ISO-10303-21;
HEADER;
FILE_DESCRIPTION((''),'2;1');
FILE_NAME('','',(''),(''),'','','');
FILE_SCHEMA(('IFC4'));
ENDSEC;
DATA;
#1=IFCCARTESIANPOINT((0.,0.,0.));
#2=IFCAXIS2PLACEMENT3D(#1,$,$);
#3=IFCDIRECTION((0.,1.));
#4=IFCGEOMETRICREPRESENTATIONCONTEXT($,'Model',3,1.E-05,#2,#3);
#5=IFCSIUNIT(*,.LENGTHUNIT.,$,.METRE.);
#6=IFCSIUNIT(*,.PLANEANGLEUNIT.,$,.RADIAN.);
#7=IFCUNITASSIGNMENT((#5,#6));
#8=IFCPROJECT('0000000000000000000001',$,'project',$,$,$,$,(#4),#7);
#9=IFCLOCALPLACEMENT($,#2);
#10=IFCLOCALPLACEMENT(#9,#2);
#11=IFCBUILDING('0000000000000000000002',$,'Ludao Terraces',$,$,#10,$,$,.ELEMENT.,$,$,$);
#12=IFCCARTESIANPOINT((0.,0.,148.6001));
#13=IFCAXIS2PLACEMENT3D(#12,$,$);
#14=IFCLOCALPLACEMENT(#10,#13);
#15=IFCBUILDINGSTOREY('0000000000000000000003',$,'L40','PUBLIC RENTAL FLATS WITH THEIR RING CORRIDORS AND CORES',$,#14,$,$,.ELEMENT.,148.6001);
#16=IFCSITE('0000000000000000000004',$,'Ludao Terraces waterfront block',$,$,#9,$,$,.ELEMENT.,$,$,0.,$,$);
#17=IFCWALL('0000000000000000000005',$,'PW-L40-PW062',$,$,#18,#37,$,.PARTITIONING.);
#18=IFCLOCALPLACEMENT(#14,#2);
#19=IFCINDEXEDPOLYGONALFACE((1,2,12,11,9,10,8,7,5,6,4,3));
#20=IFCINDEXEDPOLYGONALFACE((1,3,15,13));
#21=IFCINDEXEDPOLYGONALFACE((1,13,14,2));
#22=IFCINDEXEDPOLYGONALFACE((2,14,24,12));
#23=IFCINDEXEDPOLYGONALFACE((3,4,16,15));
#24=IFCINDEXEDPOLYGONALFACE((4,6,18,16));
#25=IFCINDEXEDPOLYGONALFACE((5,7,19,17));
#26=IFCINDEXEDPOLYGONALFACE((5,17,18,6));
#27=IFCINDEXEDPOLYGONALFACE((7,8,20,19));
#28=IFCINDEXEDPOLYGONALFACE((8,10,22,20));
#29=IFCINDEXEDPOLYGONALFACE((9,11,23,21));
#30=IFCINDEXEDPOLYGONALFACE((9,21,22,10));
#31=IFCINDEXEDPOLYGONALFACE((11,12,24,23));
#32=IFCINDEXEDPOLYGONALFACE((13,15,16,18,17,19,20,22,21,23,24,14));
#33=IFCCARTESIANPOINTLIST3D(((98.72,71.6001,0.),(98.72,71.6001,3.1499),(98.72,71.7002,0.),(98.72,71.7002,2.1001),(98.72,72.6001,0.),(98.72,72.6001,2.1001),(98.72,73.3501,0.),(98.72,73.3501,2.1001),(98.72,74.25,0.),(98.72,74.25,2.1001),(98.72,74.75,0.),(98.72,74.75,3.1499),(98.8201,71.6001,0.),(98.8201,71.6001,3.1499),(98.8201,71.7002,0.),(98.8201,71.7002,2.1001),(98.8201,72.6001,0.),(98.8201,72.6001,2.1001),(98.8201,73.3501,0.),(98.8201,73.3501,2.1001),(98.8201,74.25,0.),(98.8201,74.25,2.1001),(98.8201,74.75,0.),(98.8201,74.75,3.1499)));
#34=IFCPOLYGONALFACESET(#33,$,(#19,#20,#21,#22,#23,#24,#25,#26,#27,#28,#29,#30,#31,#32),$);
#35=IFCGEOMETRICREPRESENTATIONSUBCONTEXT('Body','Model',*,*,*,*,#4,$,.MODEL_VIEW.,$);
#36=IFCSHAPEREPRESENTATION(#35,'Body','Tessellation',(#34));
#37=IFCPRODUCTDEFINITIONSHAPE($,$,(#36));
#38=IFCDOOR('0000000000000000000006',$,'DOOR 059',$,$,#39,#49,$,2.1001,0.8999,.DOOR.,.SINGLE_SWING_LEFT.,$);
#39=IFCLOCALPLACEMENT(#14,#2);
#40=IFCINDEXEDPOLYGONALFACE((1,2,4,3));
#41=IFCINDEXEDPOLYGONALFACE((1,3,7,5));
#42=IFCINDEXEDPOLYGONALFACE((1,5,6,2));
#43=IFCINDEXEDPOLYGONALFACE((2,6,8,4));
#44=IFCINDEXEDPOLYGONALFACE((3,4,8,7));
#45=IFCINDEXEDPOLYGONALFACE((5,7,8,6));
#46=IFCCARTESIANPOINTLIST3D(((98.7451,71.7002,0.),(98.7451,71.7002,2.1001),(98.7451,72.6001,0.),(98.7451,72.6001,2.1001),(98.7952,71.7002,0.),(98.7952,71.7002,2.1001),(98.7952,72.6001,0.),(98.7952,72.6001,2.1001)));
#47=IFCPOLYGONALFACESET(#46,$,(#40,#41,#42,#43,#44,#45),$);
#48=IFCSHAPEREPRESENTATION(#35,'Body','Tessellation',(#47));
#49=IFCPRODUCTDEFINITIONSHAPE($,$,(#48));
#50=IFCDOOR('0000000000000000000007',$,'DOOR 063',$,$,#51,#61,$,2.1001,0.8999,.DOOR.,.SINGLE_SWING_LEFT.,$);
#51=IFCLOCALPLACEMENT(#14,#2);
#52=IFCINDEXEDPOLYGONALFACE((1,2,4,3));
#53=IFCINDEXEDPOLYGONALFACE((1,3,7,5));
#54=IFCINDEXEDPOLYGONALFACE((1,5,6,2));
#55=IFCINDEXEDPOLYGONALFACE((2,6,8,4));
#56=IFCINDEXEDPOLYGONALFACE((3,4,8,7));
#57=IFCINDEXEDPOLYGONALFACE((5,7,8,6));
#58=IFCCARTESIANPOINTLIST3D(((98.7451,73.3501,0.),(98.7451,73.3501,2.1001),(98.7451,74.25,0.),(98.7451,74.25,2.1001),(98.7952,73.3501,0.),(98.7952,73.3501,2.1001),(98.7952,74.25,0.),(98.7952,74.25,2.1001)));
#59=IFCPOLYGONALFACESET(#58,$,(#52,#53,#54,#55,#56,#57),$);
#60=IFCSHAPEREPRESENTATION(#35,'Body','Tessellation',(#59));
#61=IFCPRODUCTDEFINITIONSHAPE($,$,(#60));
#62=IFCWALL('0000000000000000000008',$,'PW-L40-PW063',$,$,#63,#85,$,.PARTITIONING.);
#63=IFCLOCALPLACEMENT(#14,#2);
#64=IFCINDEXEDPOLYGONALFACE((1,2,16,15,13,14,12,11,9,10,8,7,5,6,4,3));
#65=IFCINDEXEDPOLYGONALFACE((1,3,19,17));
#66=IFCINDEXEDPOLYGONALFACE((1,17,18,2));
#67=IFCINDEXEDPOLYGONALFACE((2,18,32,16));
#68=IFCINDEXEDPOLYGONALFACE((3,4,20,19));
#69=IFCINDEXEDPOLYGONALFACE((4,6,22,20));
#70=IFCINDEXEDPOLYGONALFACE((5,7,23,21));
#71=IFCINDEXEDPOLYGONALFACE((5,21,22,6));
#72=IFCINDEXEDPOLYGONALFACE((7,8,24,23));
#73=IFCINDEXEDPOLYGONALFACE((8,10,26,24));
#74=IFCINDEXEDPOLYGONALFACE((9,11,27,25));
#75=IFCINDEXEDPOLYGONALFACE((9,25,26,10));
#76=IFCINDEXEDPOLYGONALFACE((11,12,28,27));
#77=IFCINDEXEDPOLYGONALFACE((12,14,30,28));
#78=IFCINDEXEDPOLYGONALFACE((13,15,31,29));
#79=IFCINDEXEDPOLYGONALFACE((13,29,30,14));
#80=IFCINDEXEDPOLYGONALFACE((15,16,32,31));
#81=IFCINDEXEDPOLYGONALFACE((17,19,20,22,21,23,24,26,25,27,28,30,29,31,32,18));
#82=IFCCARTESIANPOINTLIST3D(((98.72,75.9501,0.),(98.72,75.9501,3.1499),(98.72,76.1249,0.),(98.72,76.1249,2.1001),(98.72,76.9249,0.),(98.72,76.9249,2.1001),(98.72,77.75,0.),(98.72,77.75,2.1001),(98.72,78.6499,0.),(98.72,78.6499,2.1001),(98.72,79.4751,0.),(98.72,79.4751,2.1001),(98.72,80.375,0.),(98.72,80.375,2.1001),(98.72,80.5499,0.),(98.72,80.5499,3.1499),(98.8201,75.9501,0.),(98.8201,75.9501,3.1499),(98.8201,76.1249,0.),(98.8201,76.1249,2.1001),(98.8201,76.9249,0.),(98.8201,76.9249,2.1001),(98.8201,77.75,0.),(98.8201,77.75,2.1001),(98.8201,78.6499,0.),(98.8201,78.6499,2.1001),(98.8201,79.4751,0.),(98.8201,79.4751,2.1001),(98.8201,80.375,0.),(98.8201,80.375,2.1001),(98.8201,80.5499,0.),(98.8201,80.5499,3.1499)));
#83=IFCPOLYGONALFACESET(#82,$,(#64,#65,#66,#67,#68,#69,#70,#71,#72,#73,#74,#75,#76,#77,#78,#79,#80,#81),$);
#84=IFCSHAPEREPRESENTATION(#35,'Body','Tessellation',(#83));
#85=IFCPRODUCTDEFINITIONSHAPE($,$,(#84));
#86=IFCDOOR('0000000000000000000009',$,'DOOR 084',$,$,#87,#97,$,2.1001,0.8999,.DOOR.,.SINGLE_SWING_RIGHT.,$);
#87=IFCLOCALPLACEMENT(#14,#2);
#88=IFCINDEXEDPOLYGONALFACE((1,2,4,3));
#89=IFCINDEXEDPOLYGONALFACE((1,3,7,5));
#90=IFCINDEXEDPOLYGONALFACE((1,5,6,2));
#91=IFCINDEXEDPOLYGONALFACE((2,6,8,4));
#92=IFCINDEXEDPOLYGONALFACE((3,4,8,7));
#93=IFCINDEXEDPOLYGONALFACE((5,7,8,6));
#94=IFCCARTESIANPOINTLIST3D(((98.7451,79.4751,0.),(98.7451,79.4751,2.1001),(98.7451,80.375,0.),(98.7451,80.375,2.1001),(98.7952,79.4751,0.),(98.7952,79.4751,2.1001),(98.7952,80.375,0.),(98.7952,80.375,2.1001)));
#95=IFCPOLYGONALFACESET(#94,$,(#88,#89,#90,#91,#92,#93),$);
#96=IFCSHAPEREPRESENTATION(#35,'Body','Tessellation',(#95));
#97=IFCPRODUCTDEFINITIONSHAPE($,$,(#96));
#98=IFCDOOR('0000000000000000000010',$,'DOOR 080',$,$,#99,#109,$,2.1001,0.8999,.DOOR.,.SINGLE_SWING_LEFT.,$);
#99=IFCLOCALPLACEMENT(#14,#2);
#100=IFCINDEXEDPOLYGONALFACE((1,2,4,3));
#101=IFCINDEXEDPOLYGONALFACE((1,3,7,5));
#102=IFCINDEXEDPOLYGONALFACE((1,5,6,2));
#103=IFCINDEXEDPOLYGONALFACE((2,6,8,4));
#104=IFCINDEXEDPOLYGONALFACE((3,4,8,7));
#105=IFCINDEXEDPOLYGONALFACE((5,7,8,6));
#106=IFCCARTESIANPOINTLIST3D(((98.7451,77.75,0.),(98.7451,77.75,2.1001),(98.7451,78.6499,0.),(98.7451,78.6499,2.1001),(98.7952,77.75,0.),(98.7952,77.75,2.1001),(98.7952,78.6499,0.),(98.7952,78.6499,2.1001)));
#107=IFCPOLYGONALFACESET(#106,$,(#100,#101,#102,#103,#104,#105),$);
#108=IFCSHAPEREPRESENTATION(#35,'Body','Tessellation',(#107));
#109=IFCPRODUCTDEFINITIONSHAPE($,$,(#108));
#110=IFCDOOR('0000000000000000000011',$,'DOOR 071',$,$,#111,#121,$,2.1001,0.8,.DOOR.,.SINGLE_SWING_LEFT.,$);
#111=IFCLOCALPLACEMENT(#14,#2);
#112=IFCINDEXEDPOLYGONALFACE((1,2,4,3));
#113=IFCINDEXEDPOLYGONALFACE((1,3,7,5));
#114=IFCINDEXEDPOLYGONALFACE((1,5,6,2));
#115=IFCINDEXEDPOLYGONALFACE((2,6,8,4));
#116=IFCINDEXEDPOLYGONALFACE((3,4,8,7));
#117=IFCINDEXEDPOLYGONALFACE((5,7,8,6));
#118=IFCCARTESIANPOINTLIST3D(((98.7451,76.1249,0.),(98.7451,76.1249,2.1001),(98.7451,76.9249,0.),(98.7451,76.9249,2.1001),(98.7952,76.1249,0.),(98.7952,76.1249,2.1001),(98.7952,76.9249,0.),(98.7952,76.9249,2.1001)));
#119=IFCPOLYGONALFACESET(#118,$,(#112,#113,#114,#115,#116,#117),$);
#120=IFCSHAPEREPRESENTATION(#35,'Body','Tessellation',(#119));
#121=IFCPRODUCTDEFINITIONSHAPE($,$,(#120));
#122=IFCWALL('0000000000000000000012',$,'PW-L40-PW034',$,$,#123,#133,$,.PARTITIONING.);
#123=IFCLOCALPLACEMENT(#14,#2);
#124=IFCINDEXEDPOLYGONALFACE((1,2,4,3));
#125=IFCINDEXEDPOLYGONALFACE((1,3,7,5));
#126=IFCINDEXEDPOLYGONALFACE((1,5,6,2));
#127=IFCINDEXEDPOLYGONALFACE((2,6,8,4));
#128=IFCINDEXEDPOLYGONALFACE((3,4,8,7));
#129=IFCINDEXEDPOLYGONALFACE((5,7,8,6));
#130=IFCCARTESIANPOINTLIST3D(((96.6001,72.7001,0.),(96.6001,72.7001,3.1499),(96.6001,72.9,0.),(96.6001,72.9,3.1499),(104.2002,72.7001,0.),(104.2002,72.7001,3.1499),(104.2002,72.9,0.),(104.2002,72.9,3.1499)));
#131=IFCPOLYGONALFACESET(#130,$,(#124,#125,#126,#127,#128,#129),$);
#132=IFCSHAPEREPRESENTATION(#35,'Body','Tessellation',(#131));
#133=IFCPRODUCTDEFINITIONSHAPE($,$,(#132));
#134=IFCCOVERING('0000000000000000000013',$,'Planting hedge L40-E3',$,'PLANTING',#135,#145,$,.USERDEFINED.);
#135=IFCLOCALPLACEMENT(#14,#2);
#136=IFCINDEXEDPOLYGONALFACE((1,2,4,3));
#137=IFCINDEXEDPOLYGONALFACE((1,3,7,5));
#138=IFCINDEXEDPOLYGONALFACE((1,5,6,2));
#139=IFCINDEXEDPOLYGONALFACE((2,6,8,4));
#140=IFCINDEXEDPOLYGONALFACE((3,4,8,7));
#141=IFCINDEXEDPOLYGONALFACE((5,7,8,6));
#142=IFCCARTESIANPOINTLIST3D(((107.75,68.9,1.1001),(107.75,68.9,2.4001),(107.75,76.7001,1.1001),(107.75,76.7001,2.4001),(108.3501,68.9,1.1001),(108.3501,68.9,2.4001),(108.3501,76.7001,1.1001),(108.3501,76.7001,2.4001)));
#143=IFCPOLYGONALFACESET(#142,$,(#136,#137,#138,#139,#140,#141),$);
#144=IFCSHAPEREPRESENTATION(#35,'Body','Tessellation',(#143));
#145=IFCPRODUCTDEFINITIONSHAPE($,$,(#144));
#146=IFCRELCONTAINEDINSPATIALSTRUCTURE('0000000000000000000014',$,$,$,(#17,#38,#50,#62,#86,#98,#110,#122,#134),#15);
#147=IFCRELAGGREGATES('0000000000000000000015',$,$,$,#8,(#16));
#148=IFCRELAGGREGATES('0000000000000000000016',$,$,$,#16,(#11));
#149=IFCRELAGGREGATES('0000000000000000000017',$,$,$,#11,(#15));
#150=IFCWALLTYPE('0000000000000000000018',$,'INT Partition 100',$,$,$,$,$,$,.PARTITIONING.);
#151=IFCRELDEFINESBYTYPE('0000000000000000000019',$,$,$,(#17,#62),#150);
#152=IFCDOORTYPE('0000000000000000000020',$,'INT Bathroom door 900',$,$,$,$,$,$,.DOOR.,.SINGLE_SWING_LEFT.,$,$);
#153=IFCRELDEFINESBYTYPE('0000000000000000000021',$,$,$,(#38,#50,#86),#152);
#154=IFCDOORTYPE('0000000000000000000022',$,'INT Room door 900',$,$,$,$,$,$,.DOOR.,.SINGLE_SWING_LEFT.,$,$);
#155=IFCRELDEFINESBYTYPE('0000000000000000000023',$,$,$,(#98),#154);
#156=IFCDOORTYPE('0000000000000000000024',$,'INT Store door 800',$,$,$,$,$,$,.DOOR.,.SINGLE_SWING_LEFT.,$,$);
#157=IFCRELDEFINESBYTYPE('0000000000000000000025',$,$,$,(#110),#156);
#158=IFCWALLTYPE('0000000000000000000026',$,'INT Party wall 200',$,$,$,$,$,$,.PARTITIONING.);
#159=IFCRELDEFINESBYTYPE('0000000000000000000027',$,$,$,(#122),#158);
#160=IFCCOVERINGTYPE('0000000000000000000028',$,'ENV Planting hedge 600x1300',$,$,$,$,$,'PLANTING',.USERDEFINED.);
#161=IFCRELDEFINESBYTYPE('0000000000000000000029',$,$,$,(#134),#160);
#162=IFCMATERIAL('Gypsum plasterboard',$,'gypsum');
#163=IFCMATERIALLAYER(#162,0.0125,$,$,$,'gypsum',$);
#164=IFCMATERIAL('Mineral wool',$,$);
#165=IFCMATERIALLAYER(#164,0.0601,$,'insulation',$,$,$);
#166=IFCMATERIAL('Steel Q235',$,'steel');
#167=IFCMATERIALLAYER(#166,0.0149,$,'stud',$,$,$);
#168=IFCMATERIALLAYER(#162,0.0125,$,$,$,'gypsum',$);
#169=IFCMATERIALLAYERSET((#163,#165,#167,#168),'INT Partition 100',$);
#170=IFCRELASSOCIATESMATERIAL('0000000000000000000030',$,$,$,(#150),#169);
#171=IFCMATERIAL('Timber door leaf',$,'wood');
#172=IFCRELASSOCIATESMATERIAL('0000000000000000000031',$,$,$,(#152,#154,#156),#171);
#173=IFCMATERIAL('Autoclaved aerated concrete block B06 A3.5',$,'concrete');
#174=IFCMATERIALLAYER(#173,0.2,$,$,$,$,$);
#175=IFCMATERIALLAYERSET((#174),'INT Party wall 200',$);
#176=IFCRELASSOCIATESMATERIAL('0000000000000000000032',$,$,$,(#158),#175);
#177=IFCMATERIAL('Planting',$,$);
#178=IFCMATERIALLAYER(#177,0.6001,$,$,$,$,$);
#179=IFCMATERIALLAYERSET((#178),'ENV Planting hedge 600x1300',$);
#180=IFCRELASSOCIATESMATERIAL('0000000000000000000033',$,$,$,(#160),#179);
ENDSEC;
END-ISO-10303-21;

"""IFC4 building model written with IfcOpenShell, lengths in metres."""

from ifc_helpers import new_model, si_unit, direction, frame, frame_2d, origin, origin_2d, place, context, subcontext, project, spatial, rectangle, extrude, material, layer, layer_set, type_object, element, fill, save


model = new_model("IFC4")

# Units and contexts
model_context = context("Model", 3, precision=1e-05, world=origin(), true_north=direction((0.0, 1.0)))
body_context = subcontext(model_context, "Body", "Model", "MODEL_VIEW")
ifc_project = project(units=[si_unit("LENGTHUNIT", "METRE"), si_unit("PLANEANGLEUNIT", "RADIAN")], contexts=[model_context])

# Site, building, storey
site_placement = place(None, origin())
site = spatial("IfcSite", under=ifc_project, at=site_placement, Name="Ludao Terraces waterfront block", CompositionType="ELEMENT", RefElevation=0.0)
building_placement = place(site_placement, origin())
building = spatial("IfcBuilding", under=site, at=building_placement, Name="Ludao Terraces", CompositionType="ELEMENT")
storey_placement = place(building_placement, frame((0.0, 0.0, 148.6001)))
storey = spatial("IfcBuildingStorey", under=building, at=storey_placement, Name="L40", Description="PUBLIC RENTAL FLATS WITH THEIR RING CORRIDORS AND CORES", CompositionType="ELEMENT", Elevation=148.6001)

# Shared definitions
ifc_material_1 = material(Name="Mineral wool")

# Shared definitions
ifc_material_2 = material(Name="Gypsum plasterboard", Category="gypsum")
ifc_layer_1 = layer(ifc_material_2, 0.0125, Category="gypsum")
ifc_layer_2 = layer(ifc_material_1, 0.0601, Name="insulation")
ifc_material_3 = material(Name="Steel Q235", Category="steel")
ifc_layer_3 = layer(ifc_material_3, 0.0149, Name="stud")
ifc_layer_4 = layer(ifc_material_2, 0.0125, Category="gypsum")
ifc_layer_set_1 = layer_set([ifc_layer_1, ifc_layer_2, ifc_layer_3, ifc_layer_4], Name="INT Partition 100")
wall_type_1 = type_object("IfcWallType", Name="INT Partition 100", PredefinedType="PARTITIONING", material=ifc_layer_set_1)

# Walls, openings, doors
wall_1_placement = place(storey_placement, frame((98.77, 71.6001, 0.0), z_axis=(0.0, 0.0, 1.0), x_axis=(0.0, 1.0, 0.0)))
wall_1 = element("IfcWall", 1, at=wall_1_placement, inside=storey, type_object=wall_type_1, Name="PW-L40-PW062", PredefinedType="PARTITIONING", context=body_context, shape_type="SweptSolid", body=[
    extrude(rectangle(XDim=3.1499, YDim=0.1001, at=frame_2d((1.575, 0.0))), origin(), (0.0, 0.0, 1.0), 3.1499),
])
opening_1_placement = place(wall_1_placement, frame((0.1001, 0.0, 0.0)))
opening_1 = element("IfcOpeningElement", 2, at=opening_1_placement, cuts=wall_1, PredefinedType="OPENING", context=body_context, shape_type="SweptSolid", body=[
    extrude(rectangle(XDim=0.8999, YDim=2.1001, at=frame_2d((0.45, 1.05))), frame((0.0, 0.0601, 0.0), z_axis=(0.0, -1.0, 0.0), x_axis=(1.0, 0.0, 0.0)), (0.0, 0.0, 1.0), 0.1201),
])
opening_2_placement = place(wall_1_placement, frame((1.75, 0.0, 0.0)))
opening_2 = element("IfcOpeningElement", 3, at=opening_2_placement, cuts=wall_1, PredefinedType="OPENING", context=body_context, shape_type="SweptSolid", body=[
    extrude(rectangle(XDim=0.8999, YDim=2.1001, at=frame_2d((0.45, 1.05))), frame((0.0, 0.0601, 0.0), z_axis=(0.0, -1.0, 0.0), x_axis=(1.0, 0.0, 0.0)), (0.0, 0.0, 1.0), 0.1201),
])
ifc_material_4 = material(Name="Timber door leaf", Category="wood")
door_type_1 = type_object("IfcDoorType", Name="INT Bathroom door 900", OperationType="SINGLE_SWING_LEFT", PredefinedType="DOOR", material=ifc_material_4)
door_1_placement = place(opening_1_placement, origin())
door_1 = element("IfcDoor", 4, at=door_1_placement, inside=storey, type_object=door_type_1, Name="DOOR 059", OperationType="SINGLE_SWING_LEFT", OverallHeight=2.1001, OverallWidth=0.8999, PredefinedType="DOOR", context=body_context, shape_type="SweptSolid", body=[
    extrude(rectangle(XDim=0.8999, YDim=2.1001, at=frame_2d((0.45, 1.05))), frame((0.0, 0.0249, 0.0), z_axis=(0.0, -1.0, 0.0), x_axis=(1.0, 0.0, 0.0)), (0.0, 0.0, 1.0), 0.05),
])
fill(opening_1, door_1)
door_2_placement = place(opening_2_placement, origin())
door_2 = element("IfcDoor", 5, at=door_2_placement, inside=storey, type_object=door_type_1, Name="DOOR 063", OperationType="SINGLE_SWING_LEFT", OverallHeight=2.1001, OverallWidth=0.8999, PredefinedType="DOOR", context=body_context, shape_type="SweptSolid", body=[
    extrude(rectangle(XDim=0.8999, YDim=2.1001, at=frame_2d((0.45, 1.05))), frame((0.0, 0.0249, 0.0), z_axis=(0.0, -1.0, 0.0), x_axis=(1.0, 0.0, 0.0)), (0.0, 0.0, 1.0), 0.05),
])
fill(opening_2, door_2)
wall_2_placement = place(storey_placement, frame((98.77, 75.9502, 0.0), z_axis=(0.0, 0.0, 1.0), x_axis=(0.0, 1.0, 0.0)))
wall_2 = element("IfcWall", 6, at=wall_2_placement, inside=storey, type_object=wall_type_1, Name="PW-L40-PW063", PredefinedType="PARTITIONING", context=body_context, shape_type="SweptSolid", body=[
    extrude(rectangle(XDim=4.5999, YDim=0.1001, at=frame_2d((2.2998, 0.0))), origin(), (0.0, 0.0, 1.0), 3.1499),
])
opening_3_placement = place(wall_2_placement, frame((0.1748, 0.0, 0.0)))
opening_3 = element("IfcOpeningElement", 7, at=opening_3_placement, cuts=wall_2, PredefinedType="OPENING", context=body_context, shape_type="SweptSolid", body=[
    extrude(rectangle(XDim=0.8, YDim=2.1001, at=frame_2d((0.3999, 1.05))), frame((0.0, 0.0601, 0.0), z_axis=(0.0, -1.0, 0.0), x_axis=(1.0, 0.0, 0.0)), (0.0, 0.0, 1.0), 0.1201),
])
opening_4_placement = place(wall_2_placement, frame((1.7998, 0.0, 0.0)))
opening_4 = element("IfcOpeningElement", 8, at=opening_4_placement, cuts=wall_2, PredefinedType="OPENING", context=body_context, shape_type="SweptSolid", body=[
    extrude(rectangle(XDim=0.8999, YDim=2.1001, at=frame_2d((0.45, 1.05))), frame((0.0, 0.0601, 0.0), z_axis=(0.0, -1.0, 0.0), x_axis=(1.0, 0.0, 0.0)), (0.0, 0.0, 1.0), 0.1201),
])
opening_5_placement = place(wall_2_placement, frame((3.5249, 0.0, 0.0)))
opening_5 = element("IfcOpeningElement", 9, at=opening_5_placement, cuts=wall_2, PredefinedType="OPENING", context=body_context, shape_type="SweptSolid", body=[
    extrude(rectangle(XDim=0.8999, YDim=2.1001, at=frame_2d((0.45, 1.05))), frame((0.0, 0.0601, 0.0), z_axis=(0.0, -1.0, 0.0), x_axis=(1.0, 0.0, 0.0)), (0.0, 0.0, 1.0), 0.1201),
])
door_3_placement = place(opening_5_placement, origin())
door_3 = element("IfcDoor", 10, at=door_3_placement, inside=storey, type_object=door_type_1, Name="DOOR 084", OperationType="SINGLE_SWING_RIGHT", OverallHeight=2.1001, OverallWidth=0.8999, PredefinedType="DOOR", context=body_context, shape_type="SweptSolid", body=[
    extrude(rectangle(XDim=0.8999, YDim=2.1001, at=frame_2d((0.45, 1.05))), frame((0.0, 0.0249, 0.0), z_axis=(0.0, -1.0, 0.0), x_axis=(1.0, 0.0, 0.0)), (0.0, 0.0, 1.0), 0.05),
])
fill(opening_5, door_3)
door_type_2 = type_object("IfcDoorType", Name="INT Room door 900", OperationType="SINGLE_SWING_LEFT", PredefinedType="DOOR", material=ifc_material_4)
door_4_placement = place(opening_4_placement, origin())
door_4 = element("IfcDoor", 11, at=door_4_placement, inside=storey, type_object=door_type_2, Name="DOOR 080", OperationType="SINGLE_SWING_LEFT", OverallHeight=2.1001, OverallWidth=0.8999, PredefinedType="DOOR", context=body_context, shape_type="SweptSolid", body=[
    extrude(rectangle(XDim=0.8999, YDim=2.1001, at=frame_2d((0.45, 1.05))), frame((0.0, 0.0249, 0.0), z_axis=(0.0, -1.0, 0.0), x_axis=(1.0, 0.0, 0.0)), (0.0, 0.0, 1.0), 0.05),
])
fill(opening_4, door_4)
door_type_3 = type_object("IfcDoorType", Name="INT Store door 800", OperationType="SINGLE_SWING_LEFT", PredefinedType="DOOR", material=ifc_material_4)
door_5_placement = place(opening_3_placement, origin())
door_5 = element("IfcDoor", 12, at=door_5_placement, inside=storey, type_object=door_type_3, Name="DOOR 071", OperationType="SINGLE_SWING_LEFT", OverallHeight=2.1001, OverallWidth=0.8, PredefinedType="DOOR", context=body_context, shape_type="SweptSolid", body=[
    extrude(rectangle(XDim=0.8, YDim=2.1001, at=frame_2d((0.3999, 1.05))), frame((0.0, 0.0249, 0.0), z_axis=(0.0, -1.0, 0.0), x_axis=(1.0, 0.0, 0.0)), (0.0, 0.0, 1.0), 0.05),
])
fill(opening_3, door_5)

# Wall
ifc_material_5 = material(Name="Autoclaved aerated concrete block B06 A3.5", Category="concrete")
ifc_layer_5 = layer(ifc_material_5, 0.2)
ifc_layer_set_2 = layer_set([ifc_layer_5], Name="INT Party wall 200")
wall_type_2 = type_object("IfcWallType", Name="INT Party wall 200", PredefinedType="PARTITIONING", material=ifc_layer_set_2)
wall_3_placement = place(storey_placement, frame((96.6001, 72.8, 0.0), z_axis=(0.0, 0.0, 1.0), x_axis=(1.0, 0.0, 0.0)))
element("IfcWall", 13, at=wall_3_placement, inside=storey, type_object=wall_type_2, Name="PW-L40-PW034", PredefinedType="PARTITIONING", context=body_context, shape_type="SweptSolid", body=[
    extrude(rectangle(XDim=7.6001, YDim=0.2, at=frame_2d((3.8, 0.0))), origin(), (0.0, 0.0, 1.0), 3.1499),
])

# Covering
ifc_material_6 = material(Name="Planting")
ifc_layer_6 = layer(ifc_material_6, 0.6001)
ifc_layer_set_3 = layer_set([ifc_layer_6], Name="ENV Planting hedge 600x1300")
covering_type = type_object("IfcCoveringType", Name="ENV Planting hedge 600x1300", ElementType="PLANTING", PredefinedType="USERDEFINED", material=ifc_layer_set_3)
covering_placement = place(storey_placement, frame((108.05, 72.8, 1.1001), z_axis=(0.0, 0.0, 1.0), x_axis=(1.0, 0.0, 0.0)))
element("IfcCovering", 14, at=covering_placement, inside=storey, type_object=covering_type, Name="Planting hedge L40-E3", ObjectType="PLANTING", PredefinedType="USERDEFINED", context=body_context, shape_type="SweptSolid", body=[
    extrude(rectangle(XDim=0.6001, YDim=7.8, at=origin_2d()), origin(), (0.0, 0.0, 1.0), 1.3),
])

save(model, "model.ifc")
